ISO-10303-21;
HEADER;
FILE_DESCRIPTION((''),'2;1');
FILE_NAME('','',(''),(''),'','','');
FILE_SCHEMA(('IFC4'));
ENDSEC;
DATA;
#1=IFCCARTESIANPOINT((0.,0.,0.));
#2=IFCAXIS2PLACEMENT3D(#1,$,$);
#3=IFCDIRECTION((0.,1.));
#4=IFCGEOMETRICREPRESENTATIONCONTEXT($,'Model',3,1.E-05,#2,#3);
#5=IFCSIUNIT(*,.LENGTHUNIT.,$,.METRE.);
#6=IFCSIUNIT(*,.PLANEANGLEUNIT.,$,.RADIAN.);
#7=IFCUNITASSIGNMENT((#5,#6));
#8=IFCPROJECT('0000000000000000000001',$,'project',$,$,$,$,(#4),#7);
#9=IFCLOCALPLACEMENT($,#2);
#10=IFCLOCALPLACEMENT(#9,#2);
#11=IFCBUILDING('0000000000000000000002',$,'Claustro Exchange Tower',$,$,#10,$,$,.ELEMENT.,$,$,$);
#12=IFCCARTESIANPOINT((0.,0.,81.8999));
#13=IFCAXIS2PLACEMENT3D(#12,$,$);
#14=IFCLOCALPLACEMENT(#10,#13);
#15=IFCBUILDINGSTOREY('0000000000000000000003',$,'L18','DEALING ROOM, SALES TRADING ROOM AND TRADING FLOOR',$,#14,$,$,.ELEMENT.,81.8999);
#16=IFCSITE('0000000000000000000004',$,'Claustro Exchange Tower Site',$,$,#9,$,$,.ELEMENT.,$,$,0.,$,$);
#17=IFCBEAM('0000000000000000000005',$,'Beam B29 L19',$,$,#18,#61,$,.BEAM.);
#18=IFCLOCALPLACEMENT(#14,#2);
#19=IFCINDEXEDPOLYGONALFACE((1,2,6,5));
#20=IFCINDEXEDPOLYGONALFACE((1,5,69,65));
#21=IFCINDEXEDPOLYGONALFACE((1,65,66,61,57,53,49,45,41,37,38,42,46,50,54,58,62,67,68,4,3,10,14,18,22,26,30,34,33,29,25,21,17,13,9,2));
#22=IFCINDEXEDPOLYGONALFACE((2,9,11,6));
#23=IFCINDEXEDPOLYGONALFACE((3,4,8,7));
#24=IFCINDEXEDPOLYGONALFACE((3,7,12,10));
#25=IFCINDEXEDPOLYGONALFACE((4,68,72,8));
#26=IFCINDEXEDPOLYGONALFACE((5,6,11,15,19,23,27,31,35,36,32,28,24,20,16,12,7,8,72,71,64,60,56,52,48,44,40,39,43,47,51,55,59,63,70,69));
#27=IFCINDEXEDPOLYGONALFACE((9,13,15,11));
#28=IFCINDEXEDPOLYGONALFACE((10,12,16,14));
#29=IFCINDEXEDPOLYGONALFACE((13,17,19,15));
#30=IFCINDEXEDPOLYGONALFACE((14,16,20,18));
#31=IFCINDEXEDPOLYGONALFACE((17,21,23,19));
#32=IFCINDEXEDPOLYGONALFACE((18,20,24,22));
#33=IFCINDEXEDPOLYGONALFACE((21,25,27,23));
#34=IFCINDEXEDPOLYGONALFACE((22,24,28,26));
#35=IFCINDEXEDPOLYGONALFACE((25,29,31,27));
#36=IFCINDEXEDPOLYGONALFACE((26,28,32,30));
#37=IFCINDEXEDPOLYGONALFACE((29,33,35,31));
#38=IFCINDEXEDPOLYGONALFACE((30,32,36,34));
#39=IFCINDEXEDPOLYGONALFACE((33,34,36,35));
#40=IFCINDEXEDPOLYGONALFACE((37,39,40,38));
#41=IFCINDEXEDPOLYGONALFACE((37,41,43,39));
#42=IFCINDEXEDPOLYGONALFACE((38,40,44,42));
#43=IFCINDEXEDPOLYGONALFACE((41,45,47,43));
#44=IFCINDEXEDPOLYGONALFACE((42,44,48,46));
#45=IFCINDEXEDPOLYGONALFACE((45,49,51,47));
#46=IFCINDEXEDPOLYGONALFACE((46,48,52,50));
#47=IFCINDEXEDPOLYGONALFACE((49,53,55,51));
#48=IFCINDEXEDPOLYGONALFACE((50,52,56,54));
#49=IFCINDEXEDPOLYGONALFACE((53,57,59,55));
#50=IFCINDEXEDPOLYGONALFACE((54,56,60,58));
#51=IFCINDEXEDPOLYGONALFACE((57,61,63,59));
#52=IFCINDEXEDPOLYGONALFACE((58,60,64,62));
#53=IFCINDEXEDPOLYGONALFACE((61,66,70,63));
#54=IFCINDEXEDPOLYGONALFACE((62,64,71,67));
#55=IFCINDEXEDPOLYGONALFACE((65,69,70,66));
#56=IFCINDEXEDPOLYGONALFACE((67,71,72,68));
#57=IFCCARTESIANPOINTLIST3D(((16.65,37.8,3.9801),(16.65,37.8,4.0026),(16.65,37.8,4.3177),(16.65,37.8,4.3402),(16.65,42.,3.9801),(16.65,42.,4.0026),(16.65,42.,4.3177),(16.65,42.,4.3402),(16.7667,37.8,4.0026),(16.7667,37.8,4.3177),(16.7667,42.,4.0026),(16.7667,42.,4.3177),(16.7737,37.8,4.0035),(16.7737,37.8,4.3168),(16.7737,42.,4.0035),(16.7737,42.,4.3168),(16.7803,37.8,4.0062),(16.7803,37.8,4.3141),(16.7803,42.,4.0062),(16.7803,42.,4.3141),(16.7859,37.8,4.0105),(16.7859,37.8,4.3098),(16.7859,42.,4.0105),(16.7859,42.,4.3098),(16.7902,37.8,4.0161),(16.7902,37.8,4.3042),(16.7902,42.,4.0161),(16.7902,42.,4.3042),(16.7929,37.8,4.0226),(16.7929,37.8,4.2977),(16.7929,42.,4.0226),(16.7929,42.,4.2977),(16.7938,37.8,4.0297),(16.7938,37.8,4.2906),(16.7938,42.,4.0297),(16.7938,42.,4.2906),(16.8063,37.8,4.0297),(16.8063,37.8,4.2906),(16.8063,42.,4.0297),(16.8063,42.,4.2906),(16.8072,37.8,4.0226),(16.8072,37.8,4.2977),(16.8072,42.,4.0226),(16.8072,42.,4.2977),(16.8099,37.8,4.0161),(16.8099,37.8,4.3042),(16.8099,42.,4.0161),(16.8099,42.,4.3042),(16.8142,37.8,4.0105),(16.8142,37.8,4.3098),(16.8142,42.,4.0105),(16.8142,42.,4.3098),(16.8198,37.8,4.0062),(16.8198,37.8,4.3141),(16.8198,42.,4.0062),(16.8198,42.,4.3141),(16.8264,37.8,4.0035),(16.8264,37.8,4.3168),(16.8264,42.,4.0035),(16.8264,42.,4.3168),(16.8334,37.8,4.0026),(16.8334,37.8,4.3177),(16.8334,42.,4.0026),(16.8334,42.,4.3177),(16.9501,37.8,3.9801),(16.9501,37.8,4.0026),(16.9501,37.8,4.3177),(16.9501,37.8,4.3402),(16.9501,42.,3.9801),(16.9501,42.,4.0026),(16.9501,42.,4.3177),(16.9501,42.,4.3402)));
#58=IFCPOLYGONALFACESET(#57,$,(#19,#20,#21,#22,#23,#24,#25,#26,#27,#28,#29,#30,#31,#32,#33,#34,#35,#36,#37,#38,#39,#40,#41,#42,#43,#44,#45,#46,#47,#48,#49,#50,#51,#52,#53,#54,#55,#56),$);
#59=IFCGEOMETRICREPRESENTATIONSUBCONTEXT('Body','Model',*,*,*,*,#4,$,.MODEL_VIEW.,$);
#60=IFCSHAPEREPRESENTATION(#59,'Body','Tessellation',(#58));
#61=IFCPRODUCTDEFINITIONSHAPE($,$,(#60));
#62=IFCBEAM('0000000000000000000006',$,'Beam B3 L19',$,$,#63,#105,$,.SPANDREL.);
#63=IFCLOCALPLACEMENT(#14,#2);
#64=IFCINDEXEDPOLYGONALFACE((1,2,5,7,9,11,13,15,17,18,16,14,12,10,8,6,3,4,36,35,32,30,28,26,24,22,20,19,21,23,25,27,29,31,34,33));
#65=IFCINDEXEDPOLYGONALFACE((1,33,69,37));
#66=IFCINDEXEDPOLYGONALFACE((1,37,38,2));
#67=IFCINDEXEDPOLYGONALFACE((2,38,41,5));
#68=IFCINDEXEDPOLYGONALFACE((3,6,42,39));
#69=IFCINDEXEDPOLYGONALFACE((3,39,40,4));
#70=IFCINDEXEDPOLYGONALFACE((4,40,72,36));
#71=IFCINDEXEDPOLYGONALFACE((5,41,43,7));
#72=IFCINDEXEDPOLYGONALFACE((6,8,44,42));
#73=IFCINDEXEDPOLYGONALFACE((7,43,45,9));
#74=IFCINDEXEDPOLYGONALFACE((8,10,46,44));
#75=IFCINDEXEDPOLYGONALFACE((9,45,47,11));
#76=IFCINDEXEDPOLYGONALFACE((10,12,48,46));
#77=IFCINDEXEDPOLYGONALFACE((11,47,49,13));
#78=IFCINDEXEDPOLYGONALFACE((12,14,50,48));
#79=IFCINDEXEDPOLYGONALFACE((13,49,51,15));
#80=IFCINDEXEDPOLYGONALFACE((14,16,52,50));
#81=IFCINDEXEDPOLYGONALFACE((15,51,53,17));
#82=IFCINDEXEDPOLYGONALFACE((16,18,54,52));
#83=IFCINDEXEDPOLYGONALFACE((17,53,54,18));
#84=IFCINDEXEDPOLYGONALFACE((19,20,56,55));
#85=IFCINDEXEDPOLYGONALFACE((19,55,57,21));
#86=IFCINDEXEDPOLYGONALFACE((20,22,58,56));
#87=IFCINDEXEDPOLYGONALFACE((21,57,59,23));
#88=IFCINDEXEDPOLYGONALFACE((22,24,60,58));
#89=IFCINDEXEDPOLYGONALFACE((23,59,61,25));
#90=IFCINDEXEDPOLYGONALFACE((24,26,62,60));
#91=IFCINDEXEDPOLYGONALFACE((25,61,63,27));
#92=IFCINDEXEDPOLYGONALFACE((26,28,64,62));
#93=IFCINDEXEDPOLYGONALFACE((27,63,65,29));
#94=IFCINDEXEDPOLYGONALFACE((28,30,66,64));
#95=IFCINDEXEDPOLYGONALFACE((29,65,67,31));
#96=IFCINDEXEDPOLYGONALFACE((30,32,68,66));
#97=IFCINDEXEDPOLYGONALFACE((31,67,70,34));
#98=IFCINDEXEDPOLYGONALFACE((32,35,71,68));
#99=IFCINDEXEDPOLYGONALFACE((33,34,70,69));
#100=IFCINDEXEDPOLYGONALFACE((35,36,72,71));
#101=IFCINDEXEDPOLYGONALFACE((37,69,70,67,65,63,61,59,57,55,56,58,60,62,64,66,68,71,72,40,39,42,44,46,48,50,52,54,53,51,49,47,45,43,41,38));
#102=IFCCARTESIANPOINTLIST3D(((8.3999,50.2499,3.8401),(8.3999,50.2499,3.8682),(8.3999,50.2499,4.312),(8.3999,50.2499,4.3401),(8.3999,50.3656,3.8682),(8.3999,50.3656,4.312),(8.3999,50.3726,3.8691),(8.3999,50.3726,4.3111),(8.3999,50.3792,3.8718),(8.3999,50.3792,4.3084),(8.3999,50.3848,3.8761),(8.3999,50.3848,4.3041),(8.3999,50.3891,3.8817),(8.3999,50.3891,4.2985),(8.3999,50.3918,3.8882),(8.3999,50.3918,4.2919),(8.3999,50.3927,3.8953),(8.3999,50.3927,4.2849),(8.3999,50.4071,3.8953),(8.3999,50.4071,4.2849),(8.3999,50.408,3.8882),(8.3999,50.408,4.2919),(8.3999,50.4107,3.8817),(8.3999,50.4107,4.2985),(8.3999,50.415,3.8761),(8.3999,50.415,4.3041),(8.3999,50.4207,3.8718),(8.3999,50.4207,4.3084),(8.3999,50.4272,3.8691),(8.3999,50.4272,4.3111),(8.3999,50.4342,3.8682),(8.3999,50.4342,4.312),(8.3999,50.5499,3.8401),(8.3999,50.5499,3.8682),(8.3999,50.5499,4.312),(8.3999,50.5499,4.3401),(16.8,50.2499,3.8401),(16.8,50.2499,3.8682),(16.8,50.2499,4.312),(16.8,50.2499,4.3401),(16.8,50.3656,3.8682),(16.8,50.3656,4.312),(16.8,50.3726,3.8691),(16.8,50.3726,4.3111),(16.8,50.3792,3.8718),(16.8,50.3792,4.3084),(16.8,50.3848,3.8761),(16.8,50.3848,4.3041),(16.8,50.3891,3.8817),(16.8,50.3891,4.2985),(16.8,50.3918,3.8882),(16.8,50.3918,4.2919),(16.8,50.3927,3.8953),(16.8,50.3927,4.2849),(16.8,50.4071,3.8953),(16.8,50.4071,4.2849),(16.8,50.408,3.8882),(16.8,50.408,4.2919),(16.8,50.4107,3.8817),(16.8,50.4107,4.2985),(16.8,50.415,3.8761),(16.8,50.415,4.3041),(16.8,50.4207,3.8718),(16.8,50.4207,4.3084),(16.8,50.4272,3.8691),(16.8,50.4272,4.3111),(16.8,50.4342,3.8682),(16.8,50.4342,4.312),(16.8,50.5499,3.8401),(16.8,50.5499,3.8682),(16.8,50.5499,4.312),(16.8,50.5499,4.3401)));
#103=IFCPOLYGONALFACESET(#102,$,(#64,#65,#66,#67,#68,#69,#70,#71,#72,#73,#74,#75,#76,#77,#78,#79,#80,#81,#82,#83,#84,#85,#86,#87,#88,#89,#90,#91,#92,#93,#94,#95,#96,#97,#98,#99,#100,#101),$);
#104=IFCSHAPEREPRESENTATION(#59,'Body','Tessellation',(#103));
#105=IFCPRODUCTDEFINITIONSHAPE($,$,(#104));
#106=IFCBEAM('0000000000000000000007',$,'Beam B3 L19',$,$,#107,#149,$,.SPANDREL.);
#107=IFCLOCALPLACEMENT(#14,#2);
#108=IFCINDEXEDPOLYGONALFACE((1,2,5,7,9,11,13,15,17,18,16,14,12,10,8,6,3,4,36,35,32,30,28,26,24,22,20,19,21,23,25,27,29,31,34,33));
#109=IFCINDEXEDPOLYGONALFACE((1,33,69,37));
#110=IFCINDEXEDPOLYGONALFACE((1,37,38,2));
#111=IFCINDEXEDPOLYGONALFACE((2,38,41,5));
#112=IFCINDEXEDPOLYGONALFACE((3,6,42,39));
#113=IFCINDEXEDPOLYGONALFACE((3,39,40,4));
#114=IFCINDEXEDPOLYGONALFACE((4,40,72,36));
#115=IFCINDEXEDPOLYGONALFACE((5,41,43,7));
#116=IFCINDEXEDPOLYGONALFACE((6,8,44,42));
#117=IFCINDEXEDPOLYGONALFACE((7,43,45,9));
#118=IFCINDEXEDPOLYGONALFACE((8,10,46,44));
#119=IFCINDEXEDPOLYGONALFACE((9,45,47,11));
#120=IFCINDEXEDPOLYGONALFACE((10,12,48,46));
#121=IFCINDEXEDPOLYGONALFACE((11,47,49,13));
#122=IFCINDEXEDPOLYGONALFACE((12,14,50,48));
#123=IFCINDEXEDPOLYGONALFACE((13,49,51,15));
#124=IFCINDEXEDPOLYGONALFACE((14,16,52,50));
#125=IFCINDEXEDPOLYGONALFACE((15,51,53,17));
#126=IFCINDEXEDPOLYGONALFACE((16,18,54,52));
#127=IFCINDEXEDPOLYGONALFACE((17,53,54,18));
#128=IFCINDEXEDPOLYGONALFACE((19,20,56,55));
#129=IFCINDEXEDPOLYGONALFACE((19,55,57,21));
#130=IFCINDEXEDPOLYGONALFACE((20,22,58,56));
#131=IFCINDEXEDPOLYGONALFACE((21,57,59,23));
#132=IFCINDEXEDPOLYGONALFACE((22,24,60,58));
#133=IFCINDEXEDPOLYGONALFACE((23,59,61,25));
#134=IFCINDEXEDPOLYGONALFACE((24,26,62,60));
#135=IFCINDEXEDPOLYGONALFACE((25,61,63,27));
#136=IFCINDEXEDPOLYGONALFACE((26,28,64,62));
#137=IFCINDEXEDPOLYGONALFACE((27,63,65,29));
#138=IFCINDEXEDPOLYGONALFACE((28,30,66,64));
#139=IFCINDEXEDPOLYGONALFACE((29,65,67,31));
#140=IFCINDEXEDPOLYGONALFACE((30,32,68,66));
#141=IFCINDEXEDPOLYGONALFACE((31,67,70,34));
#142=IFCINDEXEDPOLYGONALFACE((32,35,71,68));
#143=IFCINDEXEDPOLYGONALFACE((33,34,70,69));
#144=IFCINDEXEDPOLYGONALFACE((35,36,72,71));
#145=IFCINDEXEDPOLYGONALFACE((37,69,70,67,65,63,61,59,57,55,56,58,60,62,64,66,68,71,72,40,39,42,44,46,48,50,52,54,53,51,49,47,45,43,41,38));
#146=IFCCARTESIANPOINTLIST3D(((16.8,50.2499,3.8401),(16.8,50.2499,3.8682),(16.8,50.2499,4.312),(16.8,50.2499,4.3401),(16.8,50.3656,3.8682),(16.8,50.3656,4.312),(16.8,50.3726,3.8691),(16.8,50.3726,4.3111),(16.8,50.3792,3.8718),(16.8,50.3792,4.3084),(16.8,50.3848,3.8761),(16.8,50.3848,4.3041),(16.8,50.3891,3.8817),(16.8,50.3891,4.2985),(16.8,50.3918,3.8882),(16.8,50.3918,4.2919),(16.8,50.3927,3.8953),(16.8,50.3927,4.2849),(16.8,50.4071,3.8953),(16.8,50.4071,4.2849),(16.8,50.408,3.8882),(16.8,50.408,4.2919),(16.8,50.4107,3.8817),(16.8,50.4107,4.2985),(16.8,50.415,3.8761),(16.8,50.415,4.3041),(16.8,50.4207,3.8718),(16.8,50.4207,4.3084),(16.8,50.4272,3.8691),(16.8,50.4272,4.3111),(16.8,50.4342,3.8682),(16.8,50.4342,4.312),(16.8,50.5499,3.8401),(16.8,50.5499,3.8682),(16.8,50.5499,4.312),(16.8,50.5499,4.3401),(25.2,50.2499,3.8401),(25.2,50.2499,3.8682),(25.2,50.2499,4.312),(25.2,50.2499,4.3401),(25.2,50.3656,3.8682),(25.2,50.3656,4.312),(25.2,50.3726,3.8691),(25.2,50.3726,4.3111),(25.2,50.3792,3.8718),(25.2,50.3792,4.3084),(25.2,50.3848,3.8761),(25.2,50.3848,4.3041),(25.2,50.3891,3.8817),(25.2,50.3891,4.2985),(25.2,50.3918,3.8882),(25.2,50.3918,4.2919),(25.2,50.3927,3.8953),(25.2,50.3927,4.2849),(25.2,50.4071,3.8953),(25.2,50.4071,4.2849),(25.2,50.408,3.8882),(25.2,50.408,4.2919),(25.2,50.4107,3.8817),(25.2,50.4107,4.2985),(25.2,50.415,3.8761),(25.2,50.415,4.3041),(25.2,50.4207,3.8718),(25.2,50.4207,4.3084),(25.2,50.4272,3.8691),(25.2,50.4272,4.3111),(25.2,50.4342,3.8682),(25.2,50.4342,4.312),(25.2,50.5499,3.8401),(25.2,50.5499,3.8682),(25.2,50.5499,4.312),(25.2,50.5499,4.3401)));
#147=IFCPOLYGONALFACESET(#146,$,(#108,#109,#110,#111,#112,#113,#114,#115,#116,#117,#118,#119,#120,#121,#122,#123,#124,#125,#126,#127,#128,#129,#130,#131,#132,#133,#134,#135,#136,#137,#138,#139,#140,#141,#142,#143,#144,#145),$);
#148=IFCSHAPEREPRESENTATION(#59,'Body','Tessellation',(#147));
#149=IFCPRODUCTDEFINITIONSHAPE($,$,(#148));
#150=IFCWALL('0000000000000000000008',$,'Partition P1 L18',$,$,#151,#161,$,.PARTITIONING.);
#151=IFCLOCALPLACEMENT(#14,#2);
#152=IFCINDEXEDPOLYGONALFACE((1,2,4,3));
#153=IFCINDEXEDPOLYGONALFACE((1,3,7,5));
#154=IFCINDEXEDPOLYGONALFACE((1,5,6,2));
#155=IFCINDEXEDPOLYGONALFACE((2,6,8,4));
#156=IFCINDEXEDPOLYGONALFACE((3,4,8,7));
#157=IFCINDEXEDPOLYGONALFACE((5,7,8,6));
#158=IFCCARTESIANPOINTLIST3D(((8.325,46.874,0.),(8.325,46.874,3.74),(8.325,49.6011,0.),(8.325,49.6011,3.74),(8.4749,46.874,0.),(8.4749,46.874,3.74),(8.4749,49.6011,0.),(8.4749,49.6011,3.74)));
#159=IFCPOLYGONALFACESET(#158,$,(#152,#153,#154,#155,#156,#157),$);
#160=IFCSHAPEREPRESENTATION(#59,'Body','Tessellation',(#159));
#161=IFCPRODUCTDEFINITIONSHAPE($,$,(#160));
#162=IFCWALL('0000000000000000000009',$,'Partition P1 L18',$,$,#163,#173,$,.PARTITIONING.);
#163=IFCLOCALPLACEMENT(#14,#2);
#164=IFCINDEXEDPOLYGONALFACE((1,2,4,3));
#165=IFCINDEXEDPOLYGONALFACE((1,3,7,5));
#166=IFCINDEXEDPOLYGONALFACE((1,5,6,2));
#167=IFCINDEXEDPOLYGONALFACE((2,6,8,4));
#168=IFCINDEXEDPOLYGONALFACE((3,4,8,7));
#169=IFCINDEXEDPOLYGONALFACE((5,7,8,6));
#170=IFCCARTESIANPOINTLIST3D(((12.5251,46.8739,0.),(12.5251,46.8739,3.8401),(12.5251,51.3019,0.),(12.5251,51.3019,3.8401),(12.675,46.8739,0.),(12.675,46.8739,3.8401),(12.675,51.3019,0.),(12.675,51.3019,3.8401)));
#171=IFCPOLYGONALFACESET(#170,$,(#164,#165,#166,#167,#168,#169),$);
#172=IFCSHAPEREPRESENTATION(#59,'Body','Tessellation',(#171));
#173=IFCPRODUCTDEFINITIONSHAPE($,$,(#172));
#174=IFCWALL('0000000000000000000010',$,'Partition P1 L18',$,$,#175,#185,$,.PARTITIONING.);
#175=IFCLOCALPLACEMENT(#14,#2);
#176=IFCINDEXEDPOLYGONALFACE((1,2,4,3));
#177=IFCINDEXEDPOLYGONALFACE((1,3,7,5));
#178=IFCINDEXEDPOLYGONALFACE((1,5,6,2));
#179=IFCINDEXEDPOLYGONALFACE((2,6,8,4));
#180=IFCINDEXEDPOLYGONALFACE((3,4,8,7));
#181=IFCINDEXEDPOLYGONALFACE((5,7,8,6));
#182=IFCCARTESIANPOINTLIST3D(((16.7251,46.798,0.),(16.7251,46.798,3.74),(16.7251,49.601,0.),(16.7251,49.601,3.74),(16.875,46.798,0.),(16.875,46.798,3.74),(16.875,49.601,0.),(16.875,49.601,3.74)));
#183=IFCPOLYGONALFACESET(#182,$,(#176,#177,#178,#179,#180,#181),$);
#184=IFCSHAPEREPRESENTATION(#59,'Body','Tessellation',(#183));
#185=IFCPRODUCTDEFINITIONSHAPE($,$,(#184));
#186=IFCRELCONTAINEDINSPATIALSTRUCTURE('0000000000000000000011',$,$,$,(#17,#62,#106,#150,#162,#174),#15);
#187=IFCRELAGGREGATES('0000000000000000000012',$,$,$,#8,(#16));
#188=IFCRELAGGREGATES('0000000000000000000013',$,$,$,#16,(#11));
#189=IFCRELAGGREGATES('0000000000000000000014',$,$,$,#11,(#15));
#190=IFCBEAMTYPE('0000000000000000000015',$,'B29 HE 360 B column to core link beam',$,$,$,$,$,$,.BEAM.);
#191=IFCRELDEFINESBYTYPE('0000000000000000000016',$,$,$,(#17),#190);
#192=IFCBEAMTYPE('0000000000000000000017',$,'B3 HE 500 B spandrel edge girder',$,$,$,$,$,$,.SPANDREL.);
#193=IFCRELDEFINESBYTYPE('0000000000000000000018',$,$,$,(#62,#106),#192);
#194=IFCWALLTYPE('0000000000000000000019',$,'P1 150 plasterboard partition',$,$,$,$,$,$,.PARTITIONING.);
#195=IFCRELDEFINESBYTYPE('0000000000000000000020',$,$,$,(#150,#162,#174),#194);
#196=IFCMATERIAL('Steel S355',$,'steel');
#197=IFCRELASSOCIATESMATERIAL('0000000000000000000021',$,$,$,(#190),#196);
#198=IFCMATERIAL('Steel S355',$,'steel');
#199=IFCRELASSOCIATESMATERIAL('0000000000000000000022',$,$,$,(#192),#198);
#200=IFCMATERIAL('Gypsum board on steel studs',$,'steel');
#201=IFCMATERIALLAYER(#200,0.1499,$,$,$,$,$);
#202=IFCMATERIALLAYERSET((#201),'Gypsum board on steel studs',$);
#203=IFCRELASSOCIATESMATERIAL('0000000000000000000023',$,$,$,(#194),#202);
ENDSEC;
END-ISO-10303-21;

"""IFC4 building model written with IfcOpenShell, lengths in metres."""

from ifc_helpers import new_model, si_unit, direction, frame, frame_2d, origin, origin_2d, place, context, subcontext, project, spatial, rectangle, i_section, extrude, material, layer, layer_set, material_profile, profile_set, type_object, element, save


model = new_model("IFC4")

# Units and contexts
model_context = context("Model", 3, precision=1e-05, world=origin(), true_north=direction((0.0, 1.0)))
body_context = subcontext(model_context, "Body", "Model", "MODEL_VIEW")
ifc_project = project(units=[si_unit("LENGTHUNIT", "METRE"), si_unit("PLANEANGLEUNIT", "RADIAN")], contexts=[model_context])

# Site, building, storey
site_placement = place(None, origin())
site = spatial("IfcSite", under=ifc_project, at=site_placement, Name="Claustro Exchange Tower Site", CompositionType="ELEMENT", RefElevation=0.0)
building_placement = place(site_placement, origin())
building = spatial("IfcBuilding", under=site, at=building_placement, Name="Claustro Exchange Tower", CompositionType="ELEMENT")
storey_placement = place(building_placement, frame((0.0, 0.0, 81.8999)))
storey = spatial("IfcBuildingStorey", under=building, at=storey_placement, Name="L18", Description="DEALING ROOM, SALES TRADING ROOM AND TRADING FLOOR", CompositionType="ELEMENT", Elevation=81.8999)

# Beams
ifc_material_1 = material(Name="Steel S355", Category="steel")
ifc_material_profile_1 = material_profile(ifc_material_1, i_section(OverallWidth=0.3, OverallDepth=0.3601, WebThickness=0.0125, FlangeThickness=0.0225, FilletRadius=0.0271, at=origin_2d()), Name="HE 360 B")
ifc_profile_set_1 = profile_set([ifc_material_profile_1], Name="Steel S355")
beam_type_1 = type_object("IfcBeamType", Name="B29 HE 360 B column to core link beam", PredefinedType="BEAM", material=ifc_profile_set_1)
for number, where, z_axis, x_axis, name in (
    (1, (16.8, 37.8, 4.1602), (0.0, 1.0, 0.0), (-1.0, 0.0, 0.0), "Beam B29 L19"),
):
    element("IfcBeam", number, at=place(storey_placement, frame(where, z_axis=z_axis, x_axis=x_axis)), inside=storey, type_object=beam_type_1, Name=name, PredefinedType="BEAM", context=body_context, shape_type="SweptSolid", body=[
        extrude(i_section(OverallWidth=0.3, OverallDepth=0.3601, WebThickness=0.0125, FlangeThickness=0.0225, FilletRadius=0.0271, at=origin_2d()), origin(), (0.0, 0.0, 1.0), 4.2),
    ])
ifc_material_2 = material(Name="Steel S355", Category="steel")
ifc_material_profile_2 = material_profile(ifc_material_2, i_section(OverallWidth=0.3, OverallDepth=0.5, WebThickness=0.0144, FlangeThickness=0.0281, FilletRadius=0.0271, at=origin_2d()), Name="HE 500 B")
ifc_profile_set_2 = profile_set([ifc_material_profile_2], Name="Steel S355")
beam_type_2 = type_object("IfcBeamType", Name="B3 HE 500 B spandrel edge girder", PredefinedType="SPANDREL", material=ifc_profile_set_2)
beam_1_placement = place(storey_placement, frame((8.3999, 50.3999, 4.0901), z_axis=(1.0, 0.0, 0.0), x_axis=(0.0, 1.0, 0.0)))
element("IfcBeam", 2, at=beam_1_placement, inside=storey, type_object=beam_type_2, Name="Beam B3 L19", PredefinedType="SPANDREL", context=body_context, shape_type="SweptSolid", body=[
    extrude(i_section(OverallWidth=0.3, OverallDepth=0.5, WebThickness=0.0144, FlangeThickness=0.0281, FilletRadius=0.0271, at=origin_2d()), origin(), (0.0, 0.0, 1.0), 8.4001),
])
beam_2_placement = place(storey_placement, frame((16.8, 50.3999, 4.0901), z_axis=(1.0, 0.0, 0.0), x_axis=(0.0, 1.0, 0.0)))
element("IfcBeam", 3, at=beam_2_placement, inside=storey, type_object=beam_type_2, Name="Beam B3 L19", PredefinedType="SPANDREL", context=body_context, shape_type="SweptSolid", body=[
    extrude(i_section(OverallWidth=0.3, OverallDepth=0.5, WebThickness=0.0144, FlangeThickness=0.0281, FilletRadius=0.0271, at=origin_2d()), origin(), (0.0, 0.0, 1.0), 8.3999),
])

# Walls
ifc_material_3 = material(Name="Gypsum board on steel studs", Category="steel")
ifc_layer_1 = layer(ifc_material_3, 0.1499)
ifc_layer_set_1 = layer_set([ifc_layer_1], Name="Gypsum board on steel studs")
wall_type_1 = type_object("IfcWallType", Name="P1 150 plasterboard partition", PredefinedType="PARTITIONING", material=ifc_layer_set_1)
wall_1_placement = place(storey_placement, frame((8.3999, 46.874, 0.0), z_axis=(0.0, 0.0, 1.0), x_axis=(0.0, 1.0, 0.0)))
element("IfcWall", 4, at=wall_1_placement, inside=storey, type_object=wall_type_1, Name="Partition P1 L18", PredefinedType="PARTITIONING", context=body_context, shape_type="SweptSolid", body=[
    extrude(rectangle(XDim=2.7271, YDim=0.1499, at=frame_2d((1.3635, 0.0))), origin(), (0.0, 0.0, 1.0), 3.74),
])
wall_2_placement = place(storey_placement, frame((12.6001, 46.874, 0.0), z_axis=(0.0, 0.0, 1.0), x_axis=(0.0, 1.0, 0.0)))
element("IfcWall", 5, at=wall_2_placement, inside=storey, type_object=wall_type_1, Name="Partition P1 L18", PredefinedType="PARTITIONING", context=body_context, shape_type="SweptSolid", body=[
    extrude(rectangle(XDim=4.428, YDim=0.1499, at=frame_2d((2.2139, 0.0))), origin(), (0.0, 0.0, 1.0), 3.8401),
])
wall_3_placement = place(storey_placement, frame((16.8, 46.7981, 0.0), z_axis=(0.0, 0.0, 1.0), x_axis=(0.0, 1.0, 0.0)))
element("IfcWall", 6, at=wall_3_placement, inside=storey, type_object=wall_type_1, Name="Partition P1 L18", PredefinedType="PARTITIONING", context=body_context, shape_type="SweptSolid", body=[
    extrude(rectangle(XDim=2.803, YDim=0.1499, at=frame_2d((1.4014, 0.0))), origin(), (0.0, 0.0, 1.0), 3.74),
])

save(model, "model.ifc")
